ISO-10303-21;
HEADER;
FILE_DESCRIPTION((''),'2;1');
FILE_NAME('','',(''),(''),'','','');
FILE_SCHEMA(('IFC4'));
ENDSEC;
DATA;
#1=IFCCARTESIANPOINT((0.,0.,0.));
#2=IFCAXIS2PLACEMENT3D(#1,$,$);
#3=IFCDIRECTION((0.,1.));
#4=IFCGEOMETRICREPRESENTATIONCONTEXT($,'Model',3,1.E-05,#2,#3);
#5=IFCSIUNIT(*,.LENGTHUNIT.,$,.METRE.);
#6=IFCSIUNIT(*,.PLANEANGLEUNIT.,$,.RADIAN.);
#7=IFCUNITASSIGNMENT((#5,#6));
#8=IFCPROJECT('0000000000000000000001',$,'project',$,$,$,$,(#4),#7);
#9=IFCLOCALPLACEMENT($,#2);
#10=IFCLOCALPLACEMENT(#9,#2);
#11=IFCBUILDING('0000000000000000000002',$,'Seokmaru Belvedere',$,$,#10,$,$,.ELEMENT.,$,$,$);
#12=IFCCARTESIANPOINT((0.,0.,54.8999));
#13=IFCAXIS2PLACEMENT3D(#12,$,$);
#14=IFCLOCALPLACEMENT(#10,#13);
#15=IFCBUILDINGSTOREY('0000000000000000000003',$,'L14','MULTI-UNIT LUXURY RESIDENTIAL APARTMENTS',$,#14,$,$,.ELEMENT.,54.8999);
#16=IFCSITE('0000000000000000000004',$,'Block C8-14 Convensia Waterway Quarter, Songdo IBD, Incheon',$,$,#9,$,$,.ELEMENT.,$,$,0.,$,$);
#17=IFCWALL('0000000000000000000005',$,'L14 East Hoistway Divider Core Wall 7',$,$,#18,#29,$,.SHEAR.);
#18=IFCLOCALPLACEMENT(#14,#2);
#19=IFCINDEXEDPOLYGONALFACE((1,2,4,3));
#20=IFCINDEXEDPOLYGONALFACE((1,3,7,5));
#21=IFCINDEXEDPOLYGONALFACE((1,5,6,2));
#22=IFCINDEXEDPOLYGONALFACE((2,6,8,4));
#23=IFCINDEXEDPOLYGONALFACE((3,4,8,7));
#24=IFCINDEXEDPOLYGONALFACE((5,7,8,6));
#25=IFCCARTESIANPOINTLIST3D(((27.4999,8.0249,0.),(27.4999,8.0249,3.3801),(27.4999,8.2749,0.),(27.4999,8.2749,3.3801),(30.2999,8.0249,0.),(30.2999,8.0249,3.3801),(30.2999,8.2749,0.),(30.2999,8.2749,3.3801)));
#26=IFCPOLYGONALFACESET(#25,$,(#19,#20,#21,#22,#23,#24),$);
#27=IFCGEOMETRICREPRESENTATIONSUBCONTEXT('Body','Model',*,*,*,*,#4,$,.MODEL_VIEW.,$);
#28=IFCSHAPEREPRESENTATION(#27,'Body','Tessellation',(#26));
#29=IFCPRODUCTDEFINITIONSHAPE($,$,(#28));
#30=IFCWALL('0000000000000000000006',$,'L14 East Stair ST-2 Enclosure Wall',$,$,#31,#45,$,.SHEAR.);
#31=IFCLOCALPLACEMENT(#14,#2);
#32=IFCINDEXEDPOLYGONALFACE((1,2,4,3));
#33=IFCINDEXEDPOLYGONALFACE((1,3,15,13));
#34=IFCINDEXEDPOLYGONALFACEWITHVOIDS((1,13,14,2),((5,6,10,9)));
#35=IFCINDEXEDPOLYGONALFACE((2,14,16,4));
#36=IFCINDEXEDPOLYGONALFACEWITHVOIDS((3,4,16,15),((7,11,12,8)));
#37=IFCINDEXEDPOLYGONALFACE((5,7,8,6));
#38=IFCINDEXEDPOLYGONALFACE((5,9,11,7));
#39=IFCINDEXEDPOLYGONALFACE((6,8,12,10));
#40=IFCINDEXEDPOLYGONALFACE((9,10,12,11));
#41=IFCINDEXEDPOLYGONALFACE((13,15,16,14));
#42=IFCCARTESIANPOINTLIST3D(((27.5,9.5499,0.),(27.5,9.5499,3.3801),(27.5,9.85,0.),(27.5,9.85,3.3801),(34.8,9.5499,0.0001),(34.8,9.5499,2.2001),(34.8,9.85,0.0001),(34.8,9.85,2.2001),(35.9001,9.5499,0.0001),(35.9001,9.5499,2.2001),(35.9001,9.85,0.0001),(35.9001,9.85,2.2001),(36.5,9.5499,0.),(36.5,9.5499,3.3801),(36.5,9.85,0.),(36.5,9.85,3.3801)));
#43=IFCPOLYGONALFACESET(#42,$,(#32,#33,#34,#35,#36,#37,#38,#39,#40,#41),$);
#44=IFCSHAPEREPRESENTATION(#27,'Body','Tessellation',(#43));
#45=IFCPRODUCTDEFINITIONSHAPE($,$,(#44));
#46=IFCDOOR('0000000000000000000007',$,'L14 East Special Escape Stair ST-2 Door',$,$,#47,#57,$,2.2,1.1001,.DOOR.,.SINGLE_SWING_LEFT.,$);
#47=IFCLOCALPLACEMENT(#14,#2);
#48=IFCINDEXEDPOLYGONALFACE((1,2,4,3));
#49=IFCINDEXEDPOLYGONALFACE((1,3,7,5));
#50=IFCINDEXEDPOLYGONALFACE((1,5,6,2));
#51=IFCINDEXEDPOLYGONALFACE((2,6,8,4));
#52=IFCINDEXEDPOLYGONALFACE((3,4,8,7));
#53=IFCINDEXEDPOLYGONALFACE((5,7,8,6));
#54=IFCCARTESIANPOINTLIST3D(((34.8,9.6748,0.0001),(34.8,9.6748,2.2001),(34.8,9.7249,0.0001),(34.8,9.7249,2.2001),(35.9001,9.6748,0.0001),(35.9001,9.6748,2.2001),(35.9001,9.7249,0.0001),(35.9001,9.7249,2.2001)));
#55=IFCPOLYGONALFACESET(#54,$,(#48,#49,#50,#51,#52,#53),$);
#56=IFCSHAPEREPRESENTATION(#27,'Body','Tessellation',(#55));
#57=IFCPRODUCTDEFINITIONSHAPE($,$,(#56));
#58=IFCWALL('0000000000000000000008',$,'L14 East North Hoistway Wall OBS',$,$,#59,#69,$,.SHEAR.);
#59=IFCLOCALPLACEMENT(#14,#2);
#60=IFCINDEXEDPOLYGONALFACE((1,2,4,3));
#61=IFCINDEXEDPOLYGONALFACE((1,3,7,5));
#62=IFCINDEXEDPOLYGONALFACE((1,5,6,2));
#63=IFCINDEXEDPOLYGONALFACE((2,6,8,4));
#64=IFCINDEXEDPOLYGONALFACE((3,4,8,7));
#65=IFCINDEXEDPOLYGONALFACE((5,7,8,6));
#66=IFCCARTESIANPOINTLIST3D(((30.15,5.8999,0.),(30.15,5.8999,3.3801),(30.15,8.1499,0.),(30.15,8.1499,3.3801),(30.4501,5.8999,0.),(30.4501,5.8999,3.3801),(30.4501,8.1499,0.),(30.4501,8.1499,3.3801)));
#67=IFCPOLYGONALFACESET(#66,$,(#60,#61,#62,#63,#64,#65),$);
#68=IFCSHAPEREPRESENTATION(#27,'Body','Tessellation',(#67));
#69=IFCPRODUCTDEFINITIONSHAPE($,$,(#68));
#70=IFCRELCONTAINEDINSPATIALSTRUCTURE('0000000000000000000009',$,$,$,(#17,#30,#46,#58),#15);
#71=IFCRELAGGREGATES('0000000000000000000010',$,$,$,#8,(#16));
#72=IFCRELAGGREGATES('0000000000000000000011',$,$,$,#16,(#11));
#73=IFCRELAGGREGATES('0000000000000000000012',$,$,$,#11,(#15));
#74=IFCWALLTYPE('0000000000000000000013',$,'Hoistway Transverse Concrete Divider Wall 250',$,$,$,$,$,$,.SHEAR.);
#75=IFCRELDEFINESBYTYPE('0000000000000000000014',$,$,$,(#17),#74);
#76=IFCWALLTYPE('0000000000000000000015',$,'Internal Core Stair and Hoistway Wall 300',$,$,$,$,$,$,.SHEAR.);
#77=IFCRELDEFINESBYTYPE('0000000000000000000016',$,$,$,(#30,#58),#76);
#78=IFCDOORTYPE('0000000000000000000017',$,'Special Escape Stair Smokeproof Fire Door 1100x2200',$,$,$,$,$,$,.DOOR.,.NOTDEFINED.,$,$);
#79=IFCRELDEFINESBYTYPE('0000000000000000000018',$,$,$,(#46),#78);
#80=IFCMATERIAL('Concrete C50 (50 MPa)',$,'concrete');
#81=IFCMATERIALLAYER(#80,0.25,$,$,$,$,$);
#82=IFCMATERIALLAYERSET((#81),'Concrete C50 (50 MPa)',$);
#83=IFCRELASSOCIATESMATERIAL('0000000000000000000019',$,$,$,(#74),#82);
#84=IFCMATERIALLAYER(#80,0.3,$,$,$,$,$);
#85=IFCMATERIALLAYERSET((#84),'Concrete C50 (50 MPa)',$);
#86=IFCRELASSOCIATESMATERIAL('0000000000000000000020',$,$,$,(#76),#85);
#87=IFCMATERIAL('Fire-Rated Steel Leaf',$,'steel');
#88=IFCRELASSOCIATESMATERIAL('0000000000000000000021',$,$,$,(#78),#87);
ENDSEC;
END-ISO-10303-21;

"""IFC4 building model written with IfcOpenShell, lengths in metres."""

from ifc_helpers import new_model, si_unit, direction, frame, frame_2d, origin, place, context, subcontext, project, spatial, rectangle, extrude, source, transform, mapped, material, layer, layer_set, type_object, type_shapes, element, fill, save


model = new_model("IFC4")

# Units and contexts
model_context = context("Model", 3, precision=1e-05, world=origin(), true_north=direction((0.0, 1.0)))
body_context = subcontext(model_context, "Body", "Model", "MODEL_VIEW")
ifc_project = project(units=[si_unit("LENGTHUNIT", "METRE"), si_unit("PLANEANGLEUNIT", "RADIAN")], contexts=[model_context])

# Site, building, storey
site_placement = place(None, origin())
site = spatial("IfcSite", under=ifc_project, at=site_placement, Name="Block C8-14 Convensia Waterway Quarter, Songdo IBD, Incheon", CompositionType="ELEMENT", RefElevation=0.0)
building_placement = place(site_placement, origin())
building = spatial("IfcBuilding", under=site, at=building_placement, Name="Seokmaru Belvedere", CompositionType="ELEMENT")
storey_placement = place(building_placement, frame((0.0, 0.0, 54.8999)))
storey = spatial("IfcBuildingStorey", under=building, at=storey_placement, Name="L14", Description="MULTI-UNIT LUXURY RESIDENTIAL APARTMENTS", CompositionType="ELEMENT", Elevation=54.8999)

# Wall
ifc_material_1 = material(Name="Concrete C50 (50 MPa)", Category="concrete")
ifc_layer_1 = layer(ifc_material_1, 0.25)
ifc_layer_set_1 = layer_set([ifc_layer_1], Name="Concrete C50 (50 MPa)")
wall_type_1 = type_object("IfcWallType", Name="Hoistway Transverse Concrete Divider Wall 250", PredefinedType="SHEAR", material=ifc_layer_set_1)
for number, where, z_axis, x_axis, name in (
    (1, (27.5, 8.1499, 0.0), (0.0, 0.0, 1.0), (1.0, 0.0, 0.0), "L14 East Hoistway Divider Core Wall 7"),
):
    element("IfcWall", number, at=place(storey_placement, frame(where, z_axis=z_axis, x_axis=x_axis)), inside=storey, type_object=wall_type_1, Name=name, PredefinedType="SHEAR", context=body_context, shape_type="SweptSolid", body=[
        extrude(rectangle(XDim=2.8, YDim=0.25, at=frame_2d((1.3999, 0.0))), origin(), (0.0, 0.0, 1.0), 3.3801),
    ])

# Wall, opening, door
ifc_layer_2 = layer(ifc_material_1, 0.3)
ifc_layer_set_2 = layer_set([ifc_layer_2], Name="Concrete C50 (50 MPa)")
wall_type_2 = type_object("IfcWallType", Name="Internal Core Stair and Hoistway Wall 300", PredefinedType="SHEAR", material=ifc_layer_set_2)
wall_1_placement = place(storey_placement, frame((27.5, 9.7, 0.0), z_axis=(0.0, 0.0, 1.0), x_axis=(1.0, 0.0, 0.0)))
wall_1 = element("IfcWall", 2, at=wall_1_placement, inside=storey, type_object=wall_type_2, Name="L14 East Stair ST-2 Enclosure Wall", PredefinedType="SHEAR", context=body_context, shape_type="SweptSolid", body=[
    extrude(rectangle(XDim=9.0, YDim=0.3, at=frame_2d((4.5, 0.0))), origin(), (0.0, 0.0, 1.0), 3.3801),
])
opening_1_placement = place(wall_1_placement, frame((7.3, 0.0, 0.0)))
opening_1 = element("IfcOpeningElement", 3, at=opening_1_placement, cuts=wall_1, PredefinedType="OPENING", context=body_context, shape_type="SweptSolid", body=[
    extrude(rectangle(XDim=1.1001, YDim=2.2, at=frame_2d((0.55, 1.1001))), frame((0.0, 0.1602, 0.0), z_axis=(0.0, -1.0, 0.0), x_axis=(1.0, 0.0, 0.0)), (0.0, 0.0, 1.0), 0.3201),
])
ifc_material_2 = material(Name="Fire-Rated Steel Leaf", Category="steel")
door_type_1 = type_object("IfcDoorType", Name="Special Escape Stair Smokeproof Fire Door 1100x2200", OperationType="NOTDEFINED", PredefinedType="DOOR", material=ifc_material_2)
shared_shape_1 = source(origin(), body_context, "Body", "SweptSolid", [
    extrude(rectangle(XDim=1.1001, YDim=2.2, at=frame_2d((0.55, 1.1001))), frame((0.0, 0.0249, 0.0), z_axis=(0.0, -1.0, 0.0), x_axis=(1.0, 0.0, 0.0)), (0.0, 0.0, 1.0), 0.05),
])
type_shapes(door_type_1, [shared_shape_1])
door_1_placement = place(opening_1_placement, origin())
door_1 = element("IfcDoor", 4, at=door_1_placement, inside=storey, type_object=door_type_1, Name="L14 East Special Escape Stair ST-2 Door", OperationType="SINGLE_SWING_LEFT", OverallHeight=2.2, OverallWidth=1.1001, PredefinedType="DOOR", context=body_context, shape_type="MappedRepresentation", body=[
    mapped(shared_shape_1, transform((0.0, 0.0, 0.0), scale=1.0)),
])
fill(opening_1, door_1)

# Wall
wall_2_placement = place(storey_placement, frame((30.3, 5.8999, 0.0), z_axis=(0.0, 0.0, 1.0), x_axis=(0.0, 1.0, 0.0)))
element("IfcWall", 5, at=wall_2_placement, inside=storey, type_object=wall_type_2, Name="L14 East North Hoistway Wall OBS", PredefinedType="SHEAR", context=body_context, shape_type="SweptSolid", body=[
    extrude(rectangle(XDim=2.25, YDim=0.3, at=frame_2d((1.125, 0.0))), origin(), (0.0, 0.0, 1.0), 3.3801),
])

save(model, "model.ifc")
